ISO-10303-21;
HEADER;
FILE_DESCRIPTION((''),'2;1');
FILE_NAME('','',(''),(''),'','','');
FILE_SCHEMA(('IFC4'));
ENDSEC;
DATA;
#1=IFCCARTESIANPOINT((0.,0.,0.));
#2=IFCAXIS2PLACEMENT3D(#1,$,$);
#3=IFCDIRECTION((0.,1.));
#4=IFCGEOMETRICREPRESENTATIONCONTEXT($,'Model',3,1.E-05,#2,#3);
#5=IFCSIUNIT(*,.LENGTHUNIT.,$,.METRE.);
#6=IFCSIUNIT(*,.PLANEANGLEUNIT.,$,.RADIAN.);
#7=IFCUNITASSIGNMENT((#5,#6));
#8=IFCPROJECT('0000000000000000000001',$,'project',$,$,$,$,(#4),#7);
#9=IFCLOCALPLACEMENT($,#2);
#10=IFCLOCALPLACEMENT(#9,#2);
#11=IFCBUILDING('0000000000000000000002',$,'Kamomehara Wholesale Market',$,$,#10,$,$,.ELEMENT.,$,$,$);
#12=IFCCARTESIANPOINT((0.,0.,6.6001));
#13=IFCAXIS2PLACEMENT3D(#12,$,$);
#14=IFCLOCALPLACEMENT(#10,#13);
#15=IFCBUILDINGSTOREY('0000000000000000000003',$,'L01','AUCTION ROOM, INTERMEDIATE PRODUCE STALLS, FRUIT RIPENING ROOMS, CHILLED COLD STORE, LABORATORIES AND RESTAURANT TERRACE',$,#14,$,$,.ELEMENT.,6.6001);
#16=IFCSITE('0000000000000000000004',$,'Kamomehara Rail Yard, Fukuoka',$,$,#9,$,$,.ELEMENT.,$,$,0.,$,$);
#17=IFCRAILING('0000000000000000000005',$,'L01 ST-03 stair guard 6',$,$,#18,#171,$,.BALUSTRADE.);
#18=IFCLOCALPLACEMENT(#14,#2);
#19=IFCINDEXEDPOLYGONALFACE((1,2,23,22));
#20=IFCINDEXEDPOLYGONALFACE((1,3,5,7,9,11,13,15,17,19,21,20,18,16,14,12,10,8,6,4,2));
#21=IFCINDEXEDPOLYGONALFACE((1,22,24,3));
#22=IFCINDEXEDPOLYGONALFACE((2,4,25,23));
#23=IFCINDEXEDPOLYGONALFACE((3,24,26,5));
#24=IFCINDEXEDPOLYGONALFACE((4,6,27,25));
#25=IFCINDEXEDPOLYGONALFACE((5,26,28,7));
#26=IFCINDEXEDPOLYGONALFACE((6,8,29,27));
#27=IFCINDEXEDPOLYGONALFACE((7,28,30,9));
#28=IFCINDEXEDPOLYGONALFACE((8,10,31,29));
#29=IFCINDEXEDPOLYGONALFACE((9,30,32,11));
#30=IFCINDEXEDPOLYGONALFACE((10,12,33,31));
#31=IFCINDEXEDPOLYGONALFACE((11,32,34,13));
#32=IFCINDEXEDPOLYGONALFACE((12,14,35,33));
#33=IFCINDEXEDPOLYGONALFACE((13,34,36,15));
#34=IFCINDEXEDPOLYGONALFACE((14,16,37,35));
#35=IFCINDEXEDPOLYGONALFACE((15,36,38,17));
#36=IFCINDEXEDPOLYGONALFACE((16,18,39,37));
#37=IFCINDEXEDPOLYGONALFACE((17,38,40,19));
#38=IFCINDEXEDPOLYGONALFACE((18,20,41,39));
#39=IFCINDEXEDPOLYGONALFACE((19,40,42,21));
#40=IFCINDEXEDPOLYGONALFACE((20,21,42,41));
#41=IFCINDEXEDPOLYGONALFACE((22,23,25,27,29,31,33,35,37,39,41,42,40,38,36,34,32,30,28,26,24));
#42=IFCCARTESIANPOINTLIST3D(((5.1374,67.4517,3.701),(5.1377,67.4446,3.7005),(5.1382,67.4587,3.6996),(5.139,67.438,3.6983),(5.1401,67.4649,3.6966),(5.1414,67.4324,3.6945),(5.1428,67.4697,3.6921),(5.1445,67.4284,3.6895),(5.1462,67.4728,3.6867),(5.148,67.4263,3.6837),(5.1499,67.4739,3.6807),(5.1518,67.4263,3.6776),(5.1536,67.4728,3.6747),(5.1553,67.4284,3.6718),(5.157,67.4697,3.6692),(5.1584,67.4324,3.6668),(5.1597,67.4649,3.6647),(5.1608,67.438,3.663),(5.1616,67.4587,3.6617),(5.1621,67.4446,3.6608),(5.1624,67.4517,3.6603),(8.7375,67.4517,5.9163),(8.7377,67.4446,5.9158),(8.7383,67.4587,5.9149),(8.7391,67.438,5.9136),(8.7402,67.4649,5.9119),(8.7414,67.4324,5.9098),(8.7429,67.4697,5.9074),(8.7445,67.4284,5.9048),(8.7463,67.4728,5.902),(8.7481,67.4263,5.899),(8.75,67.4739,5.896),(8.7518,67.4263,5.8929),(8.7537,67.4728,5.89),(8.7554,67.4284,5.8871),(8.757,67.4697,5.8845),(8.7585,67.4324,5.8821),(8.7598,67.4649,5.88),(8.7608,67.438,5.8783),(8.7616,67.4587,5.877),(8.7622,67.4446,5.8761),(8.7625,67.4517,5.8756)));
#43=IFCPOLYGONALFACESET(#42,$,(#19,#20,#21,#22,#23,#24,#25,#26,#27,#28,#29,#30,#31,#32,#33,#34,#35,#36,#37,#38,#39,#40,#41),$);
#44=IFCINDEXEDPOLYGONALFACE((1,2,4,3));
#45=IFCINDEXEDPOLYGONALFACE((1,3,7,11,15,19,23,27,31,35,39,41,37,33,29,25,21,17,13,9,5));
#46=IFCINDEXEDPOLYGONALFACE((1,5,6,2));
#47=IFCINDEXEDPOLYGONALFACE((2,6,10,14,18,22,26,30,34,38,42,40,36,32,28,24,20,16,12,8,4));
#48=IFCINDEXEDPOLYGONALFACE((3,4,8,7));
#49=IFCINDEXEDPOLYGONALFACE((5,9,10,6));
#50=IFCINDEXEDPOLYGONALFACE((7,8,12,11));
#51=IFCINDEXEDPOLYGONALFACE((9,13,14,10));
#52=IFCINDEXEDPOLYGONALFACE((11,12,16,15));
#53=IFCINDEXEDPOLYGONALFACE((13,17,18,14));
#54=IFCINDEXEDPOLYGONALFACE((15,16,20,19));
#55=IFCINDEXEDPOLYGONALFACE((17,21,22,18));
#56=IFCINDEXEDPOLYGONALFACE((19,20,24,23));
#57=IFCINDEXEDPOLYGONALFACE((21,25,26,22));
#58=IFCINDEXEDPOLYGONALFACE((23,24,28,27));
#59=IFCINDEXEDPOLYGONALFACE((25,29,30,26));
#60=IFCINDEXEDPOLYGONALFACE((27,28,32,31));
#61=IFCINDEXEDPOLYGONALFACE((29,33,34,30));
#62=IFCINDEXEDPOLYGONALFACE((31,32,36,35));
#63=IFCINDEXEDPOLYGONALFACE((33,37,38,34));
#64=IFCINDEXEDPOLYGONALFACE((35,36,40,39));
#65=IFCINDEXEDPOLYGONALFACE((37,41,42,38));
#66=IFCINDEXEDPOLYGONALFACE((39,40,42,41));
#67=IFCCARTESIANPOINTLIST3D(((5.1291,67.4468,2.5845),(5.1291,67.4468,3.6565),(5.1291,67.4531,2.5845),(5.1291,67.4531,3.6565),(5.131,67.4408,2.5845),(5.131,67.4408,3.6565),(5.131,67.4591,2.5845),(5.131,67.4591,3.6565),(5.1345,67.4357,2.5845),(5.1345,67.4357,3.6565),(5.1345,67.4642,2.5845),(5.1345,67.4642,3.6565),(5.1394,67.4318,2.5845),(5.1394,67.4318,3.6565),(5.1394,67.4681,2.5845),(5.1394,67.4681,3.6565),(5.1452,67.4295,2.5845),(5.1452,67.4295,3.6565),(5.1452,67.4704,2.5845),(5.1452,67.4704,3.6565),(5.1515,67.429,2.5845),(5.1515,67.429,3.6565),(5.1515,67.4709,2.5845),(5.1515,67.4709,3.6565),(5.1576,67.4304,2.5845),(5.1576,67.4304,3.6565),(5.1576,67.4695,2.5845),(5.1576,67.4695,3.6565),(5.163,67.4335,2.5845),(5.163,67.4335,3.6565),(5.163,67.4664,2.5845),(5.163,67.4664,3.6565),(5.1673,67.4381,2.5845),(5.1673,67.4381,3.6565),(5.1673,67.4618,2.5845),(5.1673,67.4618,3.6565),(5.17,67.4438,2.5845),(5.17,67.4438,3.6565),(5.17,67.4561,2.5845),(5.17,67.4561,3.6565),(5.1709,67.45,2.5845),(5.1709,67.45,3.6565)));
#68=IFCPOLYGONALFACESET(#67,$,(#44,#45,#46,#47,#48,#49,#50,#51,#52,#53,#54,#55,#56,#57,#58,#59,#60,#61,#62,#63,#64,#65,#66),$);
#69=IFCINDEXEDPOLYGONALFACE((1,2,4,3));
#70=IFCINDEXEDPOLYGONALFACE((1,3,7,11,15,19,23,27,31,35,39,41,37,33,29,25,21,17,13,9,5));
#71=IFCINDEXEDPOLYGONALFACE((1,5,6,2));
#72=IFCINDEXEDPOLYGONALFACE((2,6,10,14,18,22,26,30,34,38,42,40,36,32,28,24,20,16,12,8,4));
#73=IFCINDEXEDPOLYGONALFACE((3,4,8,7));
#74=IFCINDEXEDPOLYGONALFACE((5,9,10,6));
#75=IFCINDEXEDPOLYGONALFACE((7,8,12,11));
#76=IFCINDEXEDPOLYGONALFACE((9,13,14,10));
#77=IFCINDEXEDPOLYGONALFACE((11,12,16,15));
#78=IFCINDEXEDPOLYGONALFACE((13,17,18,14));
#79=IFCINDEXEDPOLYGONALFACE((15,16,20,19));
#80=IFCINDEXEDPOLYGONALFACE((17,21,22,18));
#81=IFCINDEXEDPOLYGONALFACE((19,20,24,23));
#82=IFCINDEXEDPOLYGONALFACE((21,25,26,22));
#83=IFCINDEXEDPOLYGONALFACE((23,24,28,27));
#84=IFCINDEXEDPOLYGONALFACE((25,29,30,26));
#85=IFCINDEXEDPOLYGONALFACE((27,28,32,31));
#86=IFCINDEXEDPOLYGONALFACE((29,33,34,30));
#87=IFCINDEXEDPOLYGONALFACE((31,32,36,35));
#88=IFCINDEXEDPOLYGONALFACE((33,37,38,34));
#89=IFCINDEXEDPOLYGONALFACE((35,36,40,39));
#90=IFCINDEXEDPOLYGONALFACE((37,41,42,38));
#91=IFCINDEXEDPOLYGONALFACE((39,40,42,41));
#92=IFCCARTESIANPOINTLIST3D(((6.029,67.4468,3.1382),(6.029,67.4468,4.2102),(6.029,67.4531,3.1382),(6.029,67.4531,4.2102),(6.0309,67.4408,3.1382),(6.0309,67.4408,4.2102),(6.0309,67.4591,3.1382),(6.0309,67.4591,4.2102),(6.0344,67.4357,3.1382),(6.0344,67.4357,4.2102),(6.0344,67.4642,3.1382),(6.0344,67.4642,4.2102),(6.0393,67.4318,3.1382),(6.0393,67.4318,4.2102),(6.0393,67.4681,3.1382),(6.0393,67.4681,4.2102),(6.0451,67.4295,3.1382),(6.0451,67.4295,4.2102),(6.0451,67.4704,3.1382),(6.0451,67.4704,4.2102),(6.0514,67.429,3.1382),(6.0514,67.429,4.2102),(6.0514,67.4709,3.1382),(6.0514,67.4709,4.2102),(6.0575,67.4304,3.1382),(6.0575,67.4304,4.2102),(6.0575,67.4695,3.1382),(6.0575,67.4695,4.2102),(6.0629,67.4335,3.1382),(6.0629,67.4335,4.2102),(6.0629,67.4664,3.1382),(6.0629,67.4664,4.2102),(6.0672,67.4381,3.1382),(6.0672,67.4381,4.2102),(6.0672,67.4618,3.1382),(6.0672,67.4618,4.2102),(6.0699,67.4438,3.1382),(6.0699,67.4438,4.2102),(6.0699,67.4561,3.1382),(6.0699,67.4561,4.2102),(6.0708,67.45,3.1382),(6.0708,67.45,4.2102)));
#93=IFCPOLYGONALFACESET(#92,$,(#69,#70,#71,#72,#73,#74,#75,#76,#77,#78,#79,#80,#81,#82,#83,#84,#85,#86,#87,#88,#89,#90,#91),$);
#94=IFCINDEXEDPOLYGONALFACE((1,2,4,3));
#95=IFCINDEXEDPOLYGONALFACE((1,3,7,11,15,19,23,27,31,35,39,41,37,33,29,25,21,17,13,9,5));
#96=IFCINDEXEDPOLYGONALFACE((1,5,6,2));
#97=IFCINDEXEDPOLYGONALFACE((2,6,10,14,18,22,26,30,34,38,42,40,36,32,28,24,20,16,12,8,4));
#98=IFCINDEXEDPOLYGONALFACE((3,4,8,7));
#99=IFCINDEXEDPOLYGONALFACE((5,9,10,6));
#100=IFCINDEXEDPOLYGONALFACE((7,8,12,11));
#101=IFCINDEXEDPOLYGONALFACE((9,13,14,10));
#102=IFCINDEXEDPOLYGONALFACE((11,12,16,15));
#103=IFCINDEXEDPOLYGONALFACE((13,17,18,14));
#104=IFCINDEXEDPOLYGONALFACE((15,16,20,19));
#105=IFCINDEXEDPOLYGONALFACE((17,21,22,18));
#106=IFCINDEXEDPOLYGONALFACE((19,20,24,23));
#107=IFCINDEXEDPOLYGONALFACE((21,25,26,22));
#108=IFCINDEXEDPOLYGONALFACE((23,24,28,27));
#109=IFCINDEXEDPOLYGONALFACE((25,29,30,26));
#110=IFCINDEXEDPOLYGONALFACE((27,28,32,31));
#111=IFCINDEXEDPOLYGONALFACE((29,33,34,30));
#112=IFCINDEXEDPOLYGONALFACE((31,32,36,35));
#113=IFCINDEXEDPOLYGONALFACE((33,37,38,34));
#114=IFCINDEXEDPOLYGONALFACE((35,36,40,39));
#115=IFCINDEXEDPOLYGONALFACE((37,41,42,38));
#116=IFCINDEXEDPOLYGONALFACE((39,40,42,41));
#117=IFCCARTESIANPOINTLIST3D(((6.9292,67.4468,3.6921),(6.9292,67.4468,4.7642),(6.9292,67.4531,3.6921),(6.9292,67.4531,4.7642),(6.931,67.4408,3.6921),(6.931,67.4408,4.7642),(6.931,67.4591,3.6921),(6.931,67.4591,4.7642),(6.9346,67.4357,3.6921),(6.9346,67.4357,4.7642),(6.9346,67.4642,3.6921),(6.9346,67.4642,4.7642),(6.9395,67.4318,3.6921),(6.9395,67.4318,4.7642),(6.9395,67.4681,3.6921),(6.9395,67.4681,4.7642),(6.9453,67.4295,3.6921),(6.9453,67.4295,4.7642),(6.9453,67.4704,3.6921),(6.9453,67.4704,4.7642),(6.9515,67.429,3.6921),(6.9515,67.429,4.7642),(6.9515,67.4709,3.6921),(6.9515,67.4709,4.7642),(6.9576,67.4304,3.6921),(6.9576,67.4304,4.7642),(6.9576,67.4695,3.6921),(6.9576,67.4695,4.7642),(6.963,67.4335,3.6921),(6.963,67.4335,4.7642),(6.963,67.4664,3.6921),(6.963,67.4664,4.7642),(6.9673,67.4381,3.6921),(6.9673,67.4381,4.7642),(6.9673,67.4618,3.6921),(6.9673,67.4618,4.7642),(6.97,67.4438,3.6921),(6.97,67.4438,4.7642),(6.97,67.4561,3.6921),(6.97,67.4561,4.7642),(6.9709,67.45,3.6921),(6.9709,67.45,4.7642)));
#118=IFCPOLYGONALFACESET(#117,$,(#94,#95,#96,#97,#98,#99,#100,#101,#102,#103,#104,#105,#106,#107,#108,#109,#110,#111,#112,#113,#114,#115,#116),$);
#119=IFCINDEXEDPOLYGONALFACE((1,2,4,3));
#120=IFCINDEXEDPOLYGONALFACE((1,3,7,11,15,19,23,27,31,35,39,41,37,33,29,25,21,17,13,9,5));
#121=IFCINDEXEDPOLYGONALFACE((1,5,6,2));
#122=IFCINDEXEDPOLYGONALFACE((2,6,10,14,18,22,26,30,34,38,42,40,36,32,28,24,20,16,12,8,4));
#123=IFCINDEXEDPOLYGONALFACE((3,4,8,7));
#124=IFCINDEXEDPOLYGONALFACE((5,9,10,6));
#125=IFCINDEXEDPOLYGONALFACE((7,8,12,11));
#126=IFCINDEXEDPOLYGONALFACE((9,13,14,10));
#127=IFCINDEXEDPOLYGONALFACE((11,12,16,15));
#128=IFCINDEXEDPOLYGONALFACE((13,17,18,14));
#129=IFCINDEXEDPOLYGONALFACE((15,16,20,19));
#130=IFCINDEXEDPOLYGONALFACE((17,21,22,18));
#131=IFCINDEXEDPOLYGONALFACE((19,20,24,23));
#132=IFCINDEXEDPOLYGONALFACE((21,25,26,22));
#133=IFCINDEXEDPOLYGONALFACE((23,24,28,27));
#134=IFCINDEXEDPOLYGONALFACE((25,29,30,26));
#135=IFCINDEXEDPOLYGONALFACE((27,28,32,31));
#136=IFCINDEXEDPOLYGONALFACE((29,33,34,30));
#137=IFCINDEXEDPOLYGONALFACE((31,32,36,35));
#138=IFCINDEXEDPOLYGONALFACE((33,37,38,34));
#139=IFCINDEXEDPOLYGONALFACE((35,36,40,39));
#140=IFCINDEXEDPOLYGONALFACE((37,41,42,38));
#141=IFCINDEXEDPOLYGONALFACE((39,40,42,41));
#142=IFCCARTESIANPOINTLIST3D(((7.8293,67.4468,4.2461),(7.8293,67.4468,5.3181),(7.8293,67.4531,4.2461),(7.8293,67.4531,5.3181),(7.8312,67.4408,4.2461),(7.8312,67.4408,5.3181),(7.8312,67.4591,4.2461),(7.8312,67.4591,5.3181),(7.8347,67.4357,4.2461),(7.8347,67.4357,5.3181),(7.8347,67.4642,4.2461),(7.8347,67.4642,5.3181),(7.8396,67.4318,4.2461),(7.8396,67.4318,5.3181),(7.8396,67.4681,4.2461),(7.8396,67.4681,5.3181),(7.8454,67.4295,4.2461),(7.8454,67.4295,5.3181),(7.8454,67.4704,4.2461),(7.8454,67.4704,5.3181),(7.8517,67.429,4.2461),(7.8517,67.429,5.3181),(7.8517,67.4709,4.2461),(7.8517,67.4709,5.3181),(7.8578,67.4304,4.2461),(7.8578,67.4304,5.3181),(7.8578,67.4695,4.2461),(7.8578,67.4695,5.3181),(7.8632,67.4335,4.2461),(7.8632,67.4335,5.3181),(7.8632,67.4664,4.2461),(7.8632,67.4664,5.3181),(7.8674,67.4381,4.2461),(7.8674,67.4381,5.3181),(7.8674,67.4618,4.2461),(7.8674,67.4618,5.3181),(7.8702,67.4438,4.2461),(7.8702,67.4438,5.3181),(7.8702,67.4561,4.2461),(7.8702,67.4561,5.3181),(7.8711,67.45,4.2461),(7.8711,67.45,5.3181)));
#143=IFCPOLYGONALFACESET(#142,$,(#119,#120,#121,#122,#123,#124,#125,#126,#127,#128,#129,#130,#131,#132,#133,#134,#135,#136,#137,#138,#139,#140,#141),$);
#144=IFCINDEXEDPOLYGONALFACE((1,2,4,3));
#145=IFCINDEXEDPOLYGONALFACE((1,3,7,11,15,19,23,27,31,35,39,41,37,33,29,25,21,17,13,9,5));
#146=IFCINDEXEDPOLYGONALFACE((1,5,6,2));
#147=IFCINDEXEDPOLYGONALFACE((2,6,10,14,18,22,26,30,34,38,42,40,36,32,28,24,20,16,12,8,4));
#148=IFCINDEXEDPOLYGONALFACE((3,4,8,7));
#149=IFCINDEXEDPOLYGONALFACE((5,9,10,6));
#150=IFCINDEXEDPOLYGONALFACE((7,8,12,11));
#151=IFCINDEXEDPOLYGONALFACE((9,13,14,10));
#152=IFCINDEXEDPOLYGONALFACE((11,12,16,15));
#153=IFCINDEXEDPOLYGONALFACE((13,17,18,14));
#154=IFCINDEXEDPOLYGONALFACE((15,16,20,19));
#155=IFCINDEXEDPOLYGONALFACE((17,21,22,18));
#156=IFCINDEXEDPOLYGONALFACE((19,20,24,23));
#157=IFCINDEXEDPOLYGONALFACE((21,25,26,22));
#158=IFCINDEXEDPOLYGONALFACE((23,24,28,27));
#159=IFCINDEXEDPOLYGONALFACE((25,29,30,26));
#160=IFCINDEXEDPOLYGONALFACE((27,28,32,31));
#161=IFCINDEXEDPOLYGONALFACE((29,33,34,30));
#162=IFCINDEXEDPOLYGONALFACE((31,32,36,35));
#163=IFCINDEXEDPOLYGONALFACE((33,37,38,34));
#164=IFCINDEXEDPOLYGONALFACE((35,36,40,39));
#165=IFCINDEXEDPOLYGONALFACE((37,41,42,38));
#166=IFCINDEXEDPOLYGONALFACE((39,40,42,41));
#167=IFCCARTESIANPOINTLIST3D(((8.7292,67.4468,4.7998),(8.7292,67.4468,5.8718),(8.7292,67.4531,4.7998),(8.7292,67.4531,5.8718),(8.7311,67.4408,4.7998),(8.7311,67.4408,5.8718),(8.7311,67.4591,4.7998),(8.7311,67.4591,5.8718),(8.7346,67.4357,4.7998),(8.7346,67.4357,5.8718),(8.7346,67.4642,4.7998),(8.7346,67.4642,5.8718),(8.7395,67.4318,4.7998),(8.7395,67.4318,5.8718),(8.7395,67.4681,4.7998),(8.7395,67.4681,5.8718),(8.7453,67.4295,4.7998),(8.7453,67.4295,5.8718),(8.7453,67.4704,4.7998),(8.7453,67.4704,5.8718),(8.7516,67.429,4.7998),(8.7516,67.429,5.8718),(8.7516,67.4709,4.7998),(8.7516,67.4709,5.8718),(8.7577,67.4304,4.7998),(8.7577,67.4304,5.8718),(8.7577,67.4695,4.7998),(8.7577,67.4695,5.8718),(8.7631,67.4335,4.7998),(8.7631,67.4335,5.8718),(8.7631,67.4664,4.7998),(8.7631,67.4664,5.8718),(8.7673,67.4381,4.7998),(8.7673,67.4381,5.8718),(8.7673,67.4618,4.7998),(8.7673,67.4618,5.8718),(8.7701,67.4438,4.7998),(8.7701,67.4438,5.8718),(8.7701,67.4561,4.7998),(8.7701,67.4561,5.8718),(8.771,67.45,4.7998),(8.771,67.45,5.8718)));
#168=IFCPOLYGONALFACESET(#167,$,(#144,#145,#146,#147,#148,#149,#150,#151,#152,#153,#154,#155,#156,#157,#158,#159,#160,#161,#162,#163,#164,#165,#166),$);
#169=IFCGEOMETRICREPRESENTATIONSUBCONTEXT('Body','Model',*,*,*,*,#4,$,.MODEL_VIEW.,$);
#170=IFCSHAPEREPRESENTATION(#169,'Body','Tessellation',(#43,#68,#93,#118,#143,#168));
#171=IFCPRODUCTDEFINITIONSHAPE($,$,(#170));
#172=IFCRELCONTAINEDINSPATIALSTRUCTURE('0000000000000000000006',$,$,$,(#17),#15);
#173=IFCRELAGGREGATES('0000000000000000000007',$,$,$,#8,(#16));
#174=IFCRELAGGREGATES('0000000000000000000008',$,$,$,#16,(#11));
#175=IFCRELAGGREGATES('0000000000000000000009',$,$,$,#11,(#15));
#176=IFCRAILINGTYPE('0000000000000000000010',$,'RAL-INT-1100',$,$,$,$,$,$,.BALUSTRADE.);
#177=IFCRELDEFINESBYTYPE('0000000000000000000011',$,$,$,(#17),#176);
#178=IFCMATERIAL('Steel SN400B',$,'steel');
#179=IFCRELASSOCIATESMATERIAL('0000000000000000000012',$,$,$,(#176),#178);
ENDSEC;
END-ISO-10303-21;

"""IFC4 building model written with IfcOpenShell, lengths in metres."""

from ifc_helpers import new_model, si_unit, direction, frame, origin, origin_2d, place, context, subcontext, project, spatial, circle, extrude, material, type_object, element, save


model = new_model("IFC4")

# Units and contexts
model_context = context("Model", 3, precision=1e-05, world=origin(), true_north=direction((0.0, 1.0)))
body_context = subcontext(model_context, "Body", "Model", "MODEL_VIEW")
ifc_project = project(units=[si_unit("LENGTHUNIT", "METRE"), si_unit("PLANEANGLEUNIT", "RADIAN")], contexts=[model_context])

# Site, building, storey
site_placement = place(None, origin())
site = spatial("IfcSite", under=ifc_project, at=site_placement, Name="Kamomehara Rail Yard, Fukuoka", CompositionType="ELEMENT", RefElevation=0.0)
building_placement = place(site_placement, origin())
building = spatial("IfcBuilding", under=site, at=building_placement, Name="Kamomehara Wholesale Market", CompositionType="ELEMENT")
storey_placement = place(building_placement, frame((0.0, 0.0, 6.6001)))
storey = spatial("IfcBuildingStorey", under=building, at=storey_placement, Name="L01", Description="AUCTION ROOM, INTERMEDIATE PRODUCE STALLS, FRUIT RIPENING ROOMS, CHILLED COLD STORE, LABORATORIES AND RESTAURANT TERRACE", CompositionType="ELEMENT", Elevation=6.6001)

# Railing
ifc_material_1 = material(Name="Steel SN400B", Category="steel")
railing_type_1 = type_object("IfcRailingType", Name="RAL-INT-1100", PredefinedType="BALUSTRADE", material=ifc_material_1)
railing_1_placement = place(storey_placement, frame((5.1499, 67.45, 2.5845)))
element("IfcRailing", 1, at=railing_1_placement, inside=storey, type_object=railing_type_1, Name="L01 ST-03 stair guard 6", PredefinedType="BALUSTRADE", context=body_context, shape_type="SweptSolid", body=[
    extrude(circle(Radius=0.0239, at=origin_2d()), frame((0.0, 0.0, 1.0962), z_axis=(0.85167, 0.0, 0.524078), x_axis=(0.0, 1.0, 0.0)), (0.0, 0.0, 1.0), 4.2271),
    extrude(circle(Radius=0.021, at=origin_2d()), origin(), (0.0, 0.0, 1.0), 1.072),
    extrude(circle(Radius=0.021, at=origin_2d()), frame((0.8999, 0.0, 0.5537)), (0.0, 0.0, 1.0), 1.072),
    extrude(circle(Radius=0.021, at=origin_2d()), frame((1.8, 0.0, 1.1077)), (0.0, 0.0, 1.0), 1.072),
    extrude(circle(Radius=0.021, at=origin_2d()), frame((2.7002, 0.0, 1.6616)), (0.0, 0.0, 1.0), 1.072),
    extrude(circle(Radius=0.021, at=origin_2d()), frame((3.6001, 0.0, 2.2153)), (0.0, 0.0, 1.0), 1.072),
])

save(model, "model.ifc")
